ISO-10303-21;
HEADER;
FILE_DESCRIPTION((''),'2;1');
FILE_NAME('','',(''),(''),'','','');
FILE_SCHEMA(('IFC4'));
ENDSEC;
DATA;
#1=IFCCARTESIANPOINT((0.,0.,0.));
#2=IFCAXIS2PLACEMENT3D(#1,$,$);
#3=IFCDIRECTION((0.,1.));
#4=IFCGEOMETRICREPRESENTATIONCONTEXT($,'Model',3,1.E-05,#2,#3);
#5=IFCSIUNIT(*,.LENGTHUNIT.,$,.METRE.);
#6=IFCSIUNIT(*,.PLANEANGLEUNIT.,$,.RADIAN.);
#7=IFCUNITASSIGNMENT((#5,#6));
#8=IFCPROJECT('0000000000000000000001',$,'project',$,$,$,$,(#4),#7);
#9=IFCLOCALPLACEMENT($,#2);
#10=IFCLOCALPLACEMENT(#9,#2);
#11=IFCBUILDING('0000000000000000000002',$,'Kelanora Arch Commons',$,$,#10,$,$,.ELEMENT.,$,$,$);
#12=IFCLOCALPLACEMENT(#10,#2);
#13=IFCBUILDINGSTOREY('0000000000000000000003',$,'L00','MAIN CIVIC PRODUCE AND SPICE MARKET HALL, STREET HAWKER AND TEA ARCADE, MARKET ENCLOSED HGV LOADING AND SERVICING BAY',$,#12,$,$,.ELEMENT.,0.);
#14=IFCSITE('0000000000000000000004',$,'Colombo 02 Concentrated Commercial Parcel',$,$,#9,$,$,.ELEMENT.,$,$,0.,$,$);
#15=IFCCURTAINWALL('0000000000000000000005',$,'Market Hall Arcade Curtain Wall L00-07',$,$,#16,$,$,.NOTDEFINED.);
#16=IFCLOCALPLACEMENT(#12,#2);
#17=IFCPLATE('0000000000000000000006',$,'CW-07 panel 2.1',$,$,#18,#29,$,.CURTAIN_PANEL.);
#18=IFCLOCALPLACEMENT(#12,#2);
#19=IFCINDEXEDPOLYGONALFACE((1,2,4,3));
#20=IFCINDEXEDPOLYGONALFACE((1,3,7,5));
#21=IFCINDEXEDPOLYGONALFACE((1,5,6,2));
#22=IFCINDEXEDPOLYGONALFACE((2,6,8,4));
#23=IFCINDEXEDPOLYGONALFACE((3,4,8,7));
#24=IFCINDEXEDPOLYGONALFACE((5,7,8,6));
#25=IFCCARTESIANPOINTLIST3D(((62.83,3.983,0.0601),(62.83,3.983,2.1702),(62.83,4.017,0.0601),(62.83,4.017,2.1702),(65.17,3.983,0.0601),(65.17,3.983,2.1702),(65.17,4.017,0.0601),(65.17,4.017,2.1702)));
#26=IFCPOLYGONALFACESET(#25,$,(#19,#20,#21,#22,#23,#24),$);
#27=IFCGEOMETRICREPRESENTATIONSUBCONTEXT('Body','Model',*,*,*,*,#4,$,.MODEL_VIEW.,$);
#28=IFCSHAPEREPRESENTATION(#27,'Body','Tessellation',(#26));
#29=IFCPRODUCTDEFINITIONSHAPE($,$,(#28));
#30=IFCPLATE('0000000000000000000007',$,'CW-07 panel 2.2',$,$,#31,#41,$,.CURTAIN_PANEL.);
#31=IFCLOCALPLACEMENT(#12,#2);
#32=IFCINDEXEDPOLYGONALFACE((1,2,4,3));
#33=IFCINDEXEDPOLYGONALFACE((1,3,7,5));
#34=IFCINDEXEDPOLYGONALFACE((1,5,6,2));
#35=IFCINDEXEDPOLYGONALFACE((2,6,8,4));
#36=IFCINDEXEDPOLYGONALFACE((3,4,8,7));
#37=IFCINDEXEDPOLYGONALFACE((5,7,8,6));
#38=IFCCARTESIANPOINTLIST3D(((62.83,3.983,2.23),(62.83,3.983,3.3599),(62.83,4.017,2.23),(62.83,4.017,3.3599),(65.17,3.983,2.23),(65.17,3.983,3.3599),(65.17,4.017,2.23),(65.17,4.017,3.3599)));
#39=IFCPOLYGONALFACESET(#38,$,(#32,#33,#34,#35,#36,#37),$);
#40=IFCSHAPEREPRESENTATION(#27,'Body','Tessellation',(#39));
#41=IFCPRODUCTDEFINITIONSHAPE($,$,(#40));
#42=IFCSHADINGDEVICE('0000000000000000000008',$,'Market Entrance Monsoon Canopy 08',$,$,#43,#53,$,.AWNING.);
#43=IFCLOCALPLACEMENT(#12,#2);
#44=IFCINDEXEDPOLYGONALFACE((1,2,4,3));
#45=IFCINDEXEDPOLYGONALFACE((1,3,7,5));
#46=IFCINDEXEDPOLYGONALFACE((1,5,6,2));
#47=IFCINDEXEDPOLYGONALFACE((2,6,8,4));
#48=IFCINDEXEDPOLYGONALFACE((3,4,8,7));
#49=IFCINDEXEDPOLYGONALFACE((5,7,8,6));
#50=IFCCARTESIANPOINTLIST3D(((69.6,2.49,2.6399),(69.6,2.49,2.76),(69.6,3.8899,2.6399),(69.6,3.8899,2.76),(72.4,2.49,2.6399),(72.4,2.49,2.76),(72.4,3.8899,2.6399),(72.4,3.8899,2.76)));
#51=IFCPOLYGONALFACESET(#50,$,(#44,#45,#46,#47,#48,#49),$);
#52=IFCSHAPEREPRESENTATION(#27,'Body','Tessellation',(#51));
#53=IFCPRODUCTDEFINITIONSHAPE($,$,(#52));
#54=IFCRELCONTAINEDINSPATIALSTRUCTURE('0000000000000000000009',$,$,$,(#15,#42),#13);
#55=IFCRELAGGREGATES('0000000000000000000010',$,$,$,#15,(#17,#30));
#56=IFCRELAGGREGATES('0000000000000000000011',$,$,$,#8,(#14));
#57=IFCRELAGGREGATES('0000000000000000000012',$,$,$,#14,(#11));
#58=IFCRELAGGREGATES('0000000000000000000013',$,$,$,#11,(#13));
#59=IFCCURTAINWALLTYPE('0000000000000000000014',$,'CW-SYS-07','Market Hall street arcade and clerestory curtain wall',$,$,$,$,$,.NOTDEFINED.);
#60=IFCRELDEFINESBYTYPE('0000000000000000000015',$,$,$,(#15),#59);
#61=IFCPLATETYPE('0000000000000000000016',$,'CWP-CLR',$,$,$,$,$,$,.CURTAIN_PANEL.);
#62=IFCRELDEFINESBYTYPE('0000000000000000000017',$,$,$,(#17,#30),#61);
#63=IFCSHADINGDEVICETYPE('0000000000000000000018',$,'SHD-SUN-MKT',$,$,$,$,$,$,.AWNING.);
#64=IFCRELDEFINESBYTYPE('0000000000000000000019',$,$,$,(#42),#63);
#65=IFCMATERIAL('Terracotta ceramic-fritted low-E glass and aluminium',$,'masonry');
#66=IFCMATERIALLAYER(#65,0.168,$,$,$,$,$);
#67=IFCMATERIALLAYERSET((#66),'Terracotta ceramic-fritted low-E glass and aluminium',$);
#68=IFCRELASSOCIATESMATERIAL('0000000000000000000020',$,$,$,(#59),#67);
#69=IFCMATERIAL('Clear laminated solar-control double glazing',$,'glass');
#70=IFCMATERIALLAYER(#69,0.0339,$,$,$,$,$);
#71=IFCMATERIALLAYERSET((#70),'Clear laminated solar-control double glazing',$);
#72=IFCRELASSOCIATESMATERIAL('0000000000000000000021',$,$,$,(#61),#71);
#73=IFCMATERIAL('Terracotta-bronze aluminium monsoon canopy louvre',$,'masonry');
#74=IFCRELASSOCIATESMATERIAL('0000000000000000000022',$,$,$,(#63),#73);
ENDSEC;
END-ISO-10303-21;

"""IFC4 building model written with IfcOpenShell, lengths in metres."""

from ifc_helpers import new_model, si_unit, direction, frame, origin, origin_2d, place, context, subcontext, project, spatial, rectangle, extrude, source, transform, mapped, material, layer, layer_set, type_object, element, aggregate, save


model = new_model("IFC4")

# Units and contexts
model_context = context("Model", 3, precision=1e-05, world=origin(), true_north=direction((0.0, 1.0)))
body_context = subcontext(model_context, "Body", "Model", "MODEL_VIEW")
ifc_project = project(units=[si_unit("LENGTHUNIT", "METRE"), si_unit("PLANEANGLEUNIT", "RADIAN")], contexts=[model_context])

# Site, building, storey
site_placement = place(None, origin())
site = spatial("IfcSite", under=ifc_project, at=site_placement, Name="Colombo 02 Concentrated Commercial Parcel", CompositionType="ELEMENT", RefElevation=0.0)
building_placement = place(site_placement, origin())
building = spatial("IfcBuilding", under=site, at=building_placement, Name="Kelanora Arch Commons", CompositionType="ELEMENT")
storey_placement = place(building_placement, origin())
storey = spatial("IfcBuildingStorey", under=building, at=storey_placement, Name="L00", Description="MAIN CIVIC PRODUCE AND SPICE MARKET HALL, STREET HAWKER AND TEA ARCADE, MARKET ENCLOSED HGV LOADING AND SERVICING BAY", CompositionType="ELEMENT", Elevation=0.0)

# Curtain wall, plates
ifc_material_1 = material(Name="Terracotta ceramic-fritted low-E glass and aluminium", Category="masonry")
ifc_layer_1 = layer(ifc_material_1, 0.168)
ifc_layer_set_1 = layer_set([ifc_layer_1], Name="Terracotta ceramic-fritted low-E glass and aluminium")
curtain_wall_type = type_object("IfcCurtainWallType", Name="CW-SYS-07", Description="Market Hall street arcade and clerestory curtain wall", PredefinedType="NOTDEFINED", material=ifc_layer_set_1)
curtain_wall_placement = place(storey_placement, origin())
curtain_wall = element("IfcCurtainWall", 1, at=curtain_wall_placement, inside=storey, type_object=curtain_wall_type, Name="Market Hall Arcade Curtain Wall L00-07", PredefinedType="NOTDEFINED")
ifc_material_2 = material(Name="Clear laminated solar-control double glazing", Category="glass")
ifc_layer_2 = layer(ifc_material_2, 0.0339)
ifc_layer_set_2 = layer_set([ifc_layer_2], Name="Clear laminated solar-control double glazing")
plate_type = type_object("IfcPlateType", Name="CWP-CLR", PredefinedType="CURTAIN_PANEL", material=ifc_layer_set_2)
shared_shape_1 = source(origin(), body_context, "Body", "SweptSolid", [
    extrude(rectangle(XDim=2.3401, YDim=0.0339, at=origin_2d()), origin(), (0.0, 0.0, 1.0), 2.1101),
])
plate_1_placement = place(storey_placement, frame((64.0, 4.0, 0.0601), z_axis=(0.0, 0.0, 1.0), x_axis=(1.0, 0.0, 0.0)))
plate_1 = element("IfcPlate", 2, at=plate_1_placement, type_object=plate_type, Name="CW-07 panel 2.1", PredefinedType="CURTAIN_PANEL", context=body_context, shape_type="MappedRepresentation", body=[
    mapped(shared_shape_1, transform((0.0, 0.0, 0.0), scale=1.0)),
])
shared_shape_2 = source(origin(), body_context, "Body", "SweptSolid", [
    extrude(rectangle(XDim=2.3401, YDim=0.0339, at=origin_2d()), origin(), (0.0, 0.0, 1.0), 1.1299),
])
plate_2_placement = place(storey_placement, frame((64.0, 4.0, 2.23), z_axis=(0.0, 0.0, 1.0), x_axis=(1.0, 0.0, 0.0)))
plate_2 = element("IfcPlate", 3, at=plate_2_placement, type_object=plate_type, Name="CW-07 panel 2.2", PredefinedType="CURTAIN_PANEL", context=body_context, shape_type="MappedRepresentation", body=[
    mapped(shared_shape_2, transform((0.0, 0.0, 0.0), scale=1.0)),
])
aggregate(curtain_wall, [plate_1, plate_2])

# Shading device
ifc_material_3 = material(Name="Terracotta-bronze aluminium monsoon canopy louvre", Category="masonry")
shading_device_type = type_object("IfcShadingDeviceType", Name="SHD-SUN-MKT", PredefinedType="AWNING", material=ifc_material_3)
shared_shape_3 = source(origin(), body_context, "Body", "SweptSolid", [
    extrude(rectangle(XDim=2.8, YDim=1.3999, at=origin_2d()), origin(), (0.0, 0.0, 1.0), 0.1201),
])
shading_device_placement = place(storey_placement, frame((71.0, 3.1899, 2.6399), z_axis=(0.0, 0.0, 1.0), x_axis=(1.0, 0.0, 0.0)))
element("IfcShadingDevice", 4, at=shading_device_placement, inside=storey, type_object=shading_device_type, Name="Market Entrance Monsoon Canopy 08", PredefinedType="AWNING", context=body_context, shape_type="MappedRepresentation", body=[
    mapped(shared_shape_3, transform((0.0, 0.0, 0.0), scale=1.0)),
])

save(model, "model.ifc")
